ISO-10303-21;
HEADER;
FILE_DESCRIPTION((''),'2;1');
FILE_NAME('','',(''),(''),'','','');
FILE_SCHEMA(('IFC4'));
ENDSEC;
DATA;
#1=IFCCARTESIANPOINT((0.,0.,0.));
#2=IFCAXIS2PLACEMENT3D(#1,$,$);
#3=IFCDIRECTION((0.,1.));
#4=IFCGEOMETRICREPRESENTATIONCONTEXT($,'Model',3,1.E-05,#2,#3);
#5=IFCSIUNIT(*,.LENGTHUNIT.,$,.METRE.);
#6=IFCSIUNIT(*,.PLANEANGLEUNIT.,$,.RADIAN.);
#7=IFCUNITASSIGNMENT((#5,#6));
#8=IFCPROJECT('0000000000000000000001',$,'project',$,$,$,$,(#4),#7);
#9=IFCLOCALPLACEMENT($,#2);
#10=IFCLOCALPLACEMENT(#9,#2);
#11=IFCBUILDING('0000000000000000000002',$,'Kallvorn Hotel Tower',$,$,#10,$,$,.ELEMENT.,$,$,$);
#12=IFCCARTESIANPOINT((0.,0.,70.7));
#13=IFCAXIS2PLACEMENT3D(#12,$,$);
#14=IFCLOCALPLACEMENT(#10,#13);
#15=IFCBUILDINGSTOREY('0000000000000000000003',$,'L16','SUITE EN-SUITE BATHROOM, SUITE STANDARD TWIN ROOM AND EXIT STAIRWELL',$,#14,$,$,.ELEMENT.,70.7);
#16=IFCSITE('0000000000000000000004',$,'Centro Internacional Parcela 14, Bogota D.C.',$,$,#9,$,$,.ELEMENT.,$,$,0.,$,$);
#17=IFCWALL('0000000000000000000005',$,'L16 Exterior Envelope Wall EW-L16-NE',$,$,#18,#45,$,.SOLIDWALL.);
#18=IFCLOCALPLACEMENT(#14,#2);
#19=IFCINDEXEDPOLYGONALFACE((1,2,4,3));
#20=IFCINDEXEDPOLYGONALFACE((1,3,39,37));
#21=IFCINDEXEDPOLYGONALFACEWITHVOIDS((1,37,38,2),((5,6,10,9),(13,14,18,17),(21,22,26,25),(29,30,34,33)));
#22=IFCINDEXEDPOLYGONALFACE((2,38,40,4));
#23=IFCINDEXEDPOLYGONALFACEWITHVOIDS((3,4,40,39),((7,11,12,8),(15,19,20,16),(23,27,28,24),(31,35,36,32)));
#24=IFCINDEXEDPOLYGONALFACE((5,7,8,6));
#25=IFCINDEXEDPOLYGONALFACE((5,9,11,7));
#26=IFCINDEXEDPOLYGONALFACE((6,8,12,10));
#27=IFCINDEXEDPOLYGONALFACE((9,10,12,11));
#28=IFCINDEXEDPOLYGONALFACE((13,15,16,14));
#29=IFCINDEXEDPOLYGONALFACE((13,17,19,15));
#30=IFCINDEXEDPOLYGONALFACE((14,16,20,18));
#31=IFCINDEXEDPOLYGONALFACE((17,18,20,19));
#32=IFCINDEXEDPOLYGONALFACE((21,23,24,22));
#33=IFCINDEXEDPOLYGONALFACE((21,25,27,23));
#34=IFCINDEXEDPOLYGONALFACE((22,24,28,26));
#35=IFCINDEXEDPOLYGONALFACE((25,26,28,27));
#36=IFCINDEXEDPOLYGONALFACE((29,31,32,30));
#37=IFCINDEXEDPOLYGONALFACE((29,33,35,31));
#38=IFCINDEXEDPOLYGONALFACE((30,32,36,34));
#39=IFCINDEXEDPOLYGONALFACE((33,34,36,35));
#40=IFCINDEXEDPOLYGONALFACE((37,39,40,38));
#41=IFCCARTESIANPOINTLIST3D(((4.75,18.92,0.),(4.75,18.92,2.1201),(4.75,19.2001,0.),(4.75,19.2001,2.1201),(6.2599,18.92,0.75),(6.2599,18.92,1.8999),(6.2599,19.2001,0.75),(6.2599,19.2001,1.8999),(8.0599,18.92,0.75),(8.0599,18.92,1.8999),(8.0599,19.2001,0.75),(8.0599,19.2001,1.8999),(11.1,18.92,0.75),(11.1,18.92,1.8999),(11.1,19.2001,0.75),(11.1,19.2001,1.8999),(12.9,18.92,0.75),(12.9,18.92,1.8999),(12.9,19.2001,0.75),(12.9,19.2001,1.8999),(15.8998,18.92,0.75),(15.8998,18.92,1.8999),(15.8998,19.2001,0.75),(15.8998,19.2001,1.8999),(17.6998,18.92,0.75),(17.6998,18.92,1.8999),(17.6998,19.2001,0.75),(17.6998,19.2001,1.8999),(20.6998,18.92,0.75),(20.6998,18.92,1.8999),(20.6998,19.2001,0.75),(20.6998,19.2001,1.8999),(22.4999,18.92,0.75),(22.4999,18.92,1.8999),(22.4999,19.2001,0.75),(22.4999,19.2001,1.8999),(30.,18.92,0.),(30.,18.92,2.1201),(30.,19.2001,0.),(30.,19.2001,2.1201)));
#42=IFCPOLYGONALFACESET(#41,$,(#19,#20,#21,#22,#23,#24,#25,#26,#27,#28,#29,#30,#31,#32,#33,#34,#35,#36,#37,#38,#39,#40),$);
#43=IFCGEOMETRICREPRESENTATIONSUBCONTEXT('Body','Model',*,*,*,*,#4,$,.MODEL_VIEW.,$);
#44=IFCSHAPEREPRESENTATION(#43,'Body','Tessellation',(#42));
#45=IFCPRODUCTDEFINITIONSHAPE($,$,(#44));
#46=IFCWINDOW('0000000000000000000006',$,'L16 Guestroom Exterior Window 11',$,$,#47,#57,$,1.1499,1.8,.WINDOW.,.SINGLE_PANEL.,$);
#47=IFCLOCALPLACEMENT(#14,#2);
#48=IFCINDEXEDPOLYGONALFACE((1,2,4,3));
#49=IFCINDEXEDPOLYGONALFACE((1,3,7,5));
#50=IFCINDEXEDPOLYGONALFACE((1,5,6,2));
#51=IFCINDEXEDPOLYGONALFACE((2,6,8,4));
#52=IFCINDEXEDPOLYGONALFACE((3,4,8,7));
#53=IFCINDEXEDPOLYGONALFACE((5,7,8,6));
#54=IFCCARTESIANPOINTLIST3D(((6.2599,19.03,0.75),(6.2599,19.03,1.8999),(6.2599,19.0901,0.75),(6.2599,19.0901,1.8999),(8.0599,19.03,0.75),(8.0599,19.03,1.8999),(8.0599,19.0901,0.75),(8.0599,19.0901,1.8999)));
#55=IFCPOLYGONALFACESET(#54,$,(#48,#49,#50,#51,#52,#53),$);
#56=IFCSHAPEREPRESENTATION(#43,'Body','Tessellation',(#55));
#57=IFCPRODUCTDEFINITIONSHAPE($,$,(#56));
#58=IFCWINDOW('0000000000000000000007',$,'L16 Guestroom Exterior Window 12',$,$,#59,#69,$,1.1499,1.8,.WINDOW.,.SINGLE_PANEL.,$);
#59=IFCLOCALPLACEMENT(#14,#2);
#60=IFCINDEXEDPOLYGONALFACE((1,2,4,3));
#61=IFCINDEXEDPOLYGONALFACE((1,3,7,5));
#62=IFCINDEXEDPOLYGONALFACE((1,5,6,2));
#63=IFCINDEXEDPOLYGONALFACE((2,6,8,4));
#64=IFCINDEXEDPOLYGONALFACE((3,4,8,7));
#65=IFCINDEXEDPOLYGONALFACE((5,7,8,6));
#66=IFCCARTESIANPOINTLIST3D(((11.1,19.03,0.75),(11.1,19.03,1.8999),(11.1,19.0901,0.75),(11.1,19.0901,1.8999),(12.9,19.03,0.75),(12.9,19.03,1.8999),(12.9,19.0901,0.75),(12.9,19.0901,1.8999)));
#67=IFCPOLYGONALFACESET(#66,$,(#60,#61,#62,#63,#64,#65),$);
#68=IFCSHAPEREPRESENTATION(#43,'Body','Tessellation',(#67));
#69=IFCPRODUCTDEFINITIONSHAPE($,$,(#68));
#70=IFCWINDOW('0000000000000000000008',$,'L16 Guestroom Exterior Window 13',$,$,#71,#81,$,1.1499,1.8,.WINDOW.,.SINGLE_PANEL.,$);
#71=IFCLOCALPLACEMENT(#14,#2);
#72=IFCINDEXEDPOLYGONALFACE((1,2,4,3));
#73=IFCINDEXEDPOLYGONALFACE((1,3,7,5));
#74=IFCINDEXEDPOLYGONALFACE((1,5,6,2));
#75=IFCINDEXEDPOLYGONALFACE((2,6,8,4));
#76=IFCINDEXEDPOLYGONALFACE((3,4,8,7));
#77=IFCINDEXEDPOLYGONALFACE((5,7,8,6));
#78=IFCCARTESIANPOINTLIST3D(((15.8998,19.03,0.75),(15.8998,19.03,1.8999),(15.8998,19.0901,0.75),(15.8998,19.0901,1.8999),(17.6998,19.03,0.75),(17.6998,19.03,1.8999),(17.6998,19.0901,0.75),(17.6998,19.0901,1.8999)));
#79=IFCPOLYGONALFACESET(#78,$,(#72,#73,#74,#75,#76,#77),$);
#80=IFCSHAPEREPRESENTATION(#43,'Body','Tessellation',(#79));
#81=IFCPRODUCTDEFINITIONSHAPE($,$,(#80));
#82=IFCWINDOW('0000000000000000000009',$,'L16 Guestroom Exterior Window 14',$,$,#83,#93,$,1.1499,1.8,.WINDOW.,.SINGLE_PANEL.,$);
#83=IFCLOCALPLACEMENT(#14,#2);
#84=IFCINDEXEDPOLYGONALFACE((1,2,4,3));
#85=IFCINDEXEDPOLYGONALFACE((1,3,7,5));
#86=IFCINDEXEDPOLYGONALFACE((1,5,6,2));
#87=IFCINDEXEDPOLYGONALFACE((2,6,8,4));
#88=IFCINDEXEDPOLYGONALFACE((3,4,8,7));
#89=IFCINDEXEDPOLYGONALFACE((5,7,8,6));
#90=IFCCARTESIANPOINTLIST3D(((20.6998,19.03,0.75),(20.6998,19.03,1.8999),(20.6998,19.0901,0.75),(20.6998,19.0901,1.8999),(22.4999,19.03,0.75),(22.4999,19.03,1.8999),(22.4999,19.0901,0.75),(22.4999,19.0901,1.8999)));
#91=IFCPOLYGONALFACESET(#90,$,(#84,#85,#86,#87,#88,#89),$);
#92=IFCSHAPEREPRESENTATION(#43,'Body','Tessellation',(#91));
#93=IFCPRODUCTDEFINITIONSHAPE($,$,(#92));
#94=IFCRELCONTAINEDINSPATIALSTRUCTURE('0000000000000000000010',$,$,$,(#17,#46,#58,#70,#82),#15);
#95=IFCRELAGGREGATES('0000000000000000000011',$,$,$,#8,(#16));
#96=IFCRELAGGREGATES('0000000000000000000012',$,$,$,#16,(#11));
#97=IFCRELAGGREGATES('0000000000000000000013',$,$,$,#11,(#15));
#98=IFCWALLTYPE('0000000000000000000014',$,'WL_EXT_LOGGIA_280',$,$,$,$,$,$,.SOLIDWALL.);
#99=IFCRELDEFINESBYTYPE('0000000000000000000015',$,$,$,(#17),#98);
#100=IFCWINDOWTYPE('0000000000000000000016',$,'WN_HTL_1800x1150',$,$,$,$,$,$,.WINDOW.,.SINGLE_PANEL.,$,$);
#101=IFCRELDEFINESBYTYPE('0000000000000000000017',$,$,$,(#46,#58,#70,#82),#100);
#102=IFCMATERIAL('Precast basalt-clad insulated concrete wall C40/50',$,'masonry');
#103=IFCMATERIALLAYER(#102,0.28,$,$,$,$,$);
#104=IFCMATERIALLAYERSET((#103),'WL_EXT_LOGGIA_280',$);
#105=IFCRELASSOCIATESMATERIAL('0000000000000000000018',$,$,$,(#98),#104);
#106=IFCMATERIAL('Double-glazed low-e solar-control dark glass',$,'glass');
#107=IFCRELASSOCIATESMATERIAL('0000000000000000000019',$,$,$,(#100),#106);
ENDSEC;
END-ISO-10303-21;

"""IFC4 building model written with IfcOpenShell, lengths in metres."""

from ifc_helpers import new_model, si_unit, direction, frame, frame_2d, origin, place, context, subcontext, project, spatial, rectangle, extrude, material, layer, layer_set, type_object, element, fill, save


model = new_model("IFC4")

# Units and contexts
model_context = context("Model", 3, precision=1e-05, world=origin(), true_north=direction((0.0, 1.0)))
body_context = subcontext(model_context, "Body", "Model", "MODEL_VIEW")
ifc_project = project(units=[si_unit("LENGTHUNIT", "METRE"), si_unit("PLANEANGLEUNIT", "RADIAN")], contexts=[model_context])

# Site, building, storey
site_placement = place(None, origin())
site = spatial("IfcSite", under=ifc_project, at=site_placement, Name="Centro Internacional Parcela 14, Bogota D.C.", CompositionType="ELEMENT", RefElevation=0.0)
building_placement = place(site_placement, origin())
building = spatial("IfcBuilding", under=site, at=building_placement, Name="Kallvorn Hotel Tower", CompositionType="ELEMENT")
storey_placement = place(building_placement, frame((0.0, 0.0, 70.7)))
storey = spatial("IfcBuildingStorey", under=building, at=storey_placement, Name="L16", Description="SUITE EN-SUITE BATHROOM, SUITE STANDARD TWIN ROOM AND EXIT STAIRWELL", CompositionType="ELEMENT", Elevation=70.7)

# Wall, openings, windows
ifc_material_1 = material(Name="Precast basalt-clad insulated concrete wall C40/50", Category="masonry")
ifc_layer_1 = layer(ifc_material_1, 0.28)
ifc_layer_set_1 = layer_set([ifc_layer_1], Name="WL_EXT_LOGGIA_280")
wall_type_1 = type_object("IfcWallType", Name="WL_EXT_LOGGIA_280", PredefinedType="SOLIDWALL", material=ifc_layer_set_1)
wall_1_placement = place(storey_placement, frame((4.75, 19.0601, 0.0), z_axis=(0.0, 0.0, 1.0), x_axis=(1.0, 0.0, 0.0)))
wall_1 = element("IfcWall", 1, at=wall_1_placement, inside=storey, type_object=wall_type_1, Name="L16 Exterior Envelope Wall EW-L16-NE", PredefinedType="SOLIDWALL", context=body_context, shape_type="SweptSolid", body=[
    extrude(rectangle(XDim=25.25, YDim=0.28, at=frame_2d((12.625, 0.0))), origin(), (0.0, 0.0, 1.0), 2.1201),
])
opening_1_placement = place(wall_1_placement, frame((1.51, 0.0, 0.75)))
opening_1 = element("IfcOpeningElement", 2, at=opening_1_placement, cuts=wall_1, PredefinedType="OPENING", context=body_context, shape_type="SweptSolid", body=[
    extrude(rectangle(XDim=1.8, YDim=1.1499, at=frame_2d((0.8999, 0.575))), frame((0.0, 0.155, 0.0), z_axis=(0.0, -1.0, 0.0), x_axis=(1.0, 0.0, 0.0)), (0.0, 0.0, 1.0), 0.3101),
])
opening_2_placement = place(wall_1_placement, frame((6.3501, 0.0, 0.75)))
opening_2 = element("IfcOpeningElement", 3, at=opening_2_placement, cuts=wall_1, PredefinedType="OPENING", context=body_context, shape_type="SweptSolid", body=[
    extrude(rectangle(XDim=1.8, YDim=1.1499, at=frame_2d((0.8999, 0.575))), frame((0.0, 0.155, 0.0), z_axis=(0.0, -1.0, 0.0), x_axis=(1.0, 0.0, 0.0)), (0.0, 0.0, 1.0), 0.3101),
])
opening_3_placement = place(wall_1_placement, frame((11.1499, 0.0, 0.75)))
opening_3 = element("IfcOpeningElement", 4, at=opening_3_placement, cuts=wall_1, PredefinedType="OPENING", context=body_context, shape_type="SweptSolid", body=[
    extrude(rectangle(XDim=1.8, YDim=1.1499, at=frame_2d((0.8999, 0.575))), frame((0.0, 0.155, 0.0), z_axis=(0.0, -1.0, 0.0), x_axis=(1.0, 0.0, 0.0)), (0.0, 0.0, 1.0), 0.3101),
])
opening_4_placement = place(wall_1_placement, frame((15.95, 0.0, 0.75)))
opening_4 = element("IfcOpeningElement", 5, at=opening_4_placement, cuts=wall_1, PredefinedType="OPENING", context=body_context, shape_type="SweptSolid", body=[
    extrude(rectangle(XDim=1.8, YDim=1.1499, at=frame_2d((0.8999, 0.575))), frame((0.0, 0.155, 0.0), z_axis=(0.0, -1.0, 0.0), x_axis=(1.0, 0.0, 0.0)), (0.0, 0.0, 1.0), 0.3101),
])
ifc_material_2 = material(Name="Double-glazed low-e solar-control dark glass", Category="glass")
window_type = type_object("IfcWindowType", Name="WN_HTL_1800x1150", PartitioningType="SINGLE_PANEL", PredefinedType="WINDOW", material=ifc_material_2)
window_1_placement = place(opening_1_placement, origin())
window_1 = element("IfcWindow", 6, at=window_1_placement, inside=storey, type_object=window_type, Name="L16 Guestroom Exterior Window 11", OverallHeight=1.1499, OverallWidth=1.8, PartitioningType="SINGLE_PANEL", PredefinedType="WINDOW", context=body_context, shape_type="SweptSolid", body=[
    extrude(rectangle(XDim=1.8, YDim=1.1499, at=frame_2d((0.8999, 0.575))), frame((0.0, 0.03, 0.0), z_axis=(0.0, -1.0, 0.0), x_axis=(1.0, 0.0, 0.0)), (0.0, 0.0, 1.0), 0.0601),
])
fill(opening_1, window_1)
window_2_placement = place(opening_2_placement, origin())
window_2 = element("IfcWindow", 7, at=window_2_placement, inside=storey, type_object=window_type, Name="L16 Guestroom Exterior Window 12", OverallHeight=1.1499, OverallWidth=1.8, PartitioningType="SINGLE_PANEL", PredefinedType="WINDOW", context=body_context, shape_type="SweptSolid", body=[
    extrude(rectangle(XDim=1.8, YDim=1.1499, at=frame_2d((0.8999, 0.575))), frame((0.0, 0.03, 0.0), z_axis=(0.0, -1.0, 0.0), x_axis=(1.0, 0.0, 0.0)), (0.0, 0.0, 1.0), 0.0601),
])
fill(opening_2, window_2)
window_3_placement = place(opening_3_placement, origin())
window_3 = element("IfcWindow", 8, at=window_3_placement, inside=storey, type_object=window_type, Name="L16 Guestroom Exterior Window 13", OverallHeight=1.1499, OverallWidth=1.8, PartitioningType="SINGLE_PANEL", PredefinedType="WINDOW", context=body_context, shape_type="SweptSolid", body=[
    extrude(rectangle(XDim=1.8, YDim=1.1499, at=frame_2d((0.8999, 0.575))), frame((0.0, 0.03, 0.0), z_axis=(0.0, -1.0, 0.0), x_axis=(1.0, 0.0, 0.0)), (0.0, 0.0, 1.0), 0.0601),
])
fill(opening_3, window_3)
window_4_placement = place(opening_4_placement, origin())
window_4 = element("IfcWindow", 9, at=window_4_placement, inside=storey, type_object=window_type, Name="L16 Guestroom Exterior Window 14", OverallHeight=1.1499, OverallWidth=1.8, PartitioningType="SINGLE_PANEL", PredefinedType="WINDOW", context=body_context, shape_type="SweptSolid", body=[
    extrude(rectangle(XDim=1.8, YDim=1.1499, at=frame_2d((0.8999, 0.575))), frame((0.0, 0.03, 0.0), z_axis=(0.0, -1.0, 0.0), x_axis=(1.0, 0.0, 0.0)), (0.0, 0.0, 1.0), 0.0601),
])
fill(opening_4, window_4)

save(model, "model.ifc")
